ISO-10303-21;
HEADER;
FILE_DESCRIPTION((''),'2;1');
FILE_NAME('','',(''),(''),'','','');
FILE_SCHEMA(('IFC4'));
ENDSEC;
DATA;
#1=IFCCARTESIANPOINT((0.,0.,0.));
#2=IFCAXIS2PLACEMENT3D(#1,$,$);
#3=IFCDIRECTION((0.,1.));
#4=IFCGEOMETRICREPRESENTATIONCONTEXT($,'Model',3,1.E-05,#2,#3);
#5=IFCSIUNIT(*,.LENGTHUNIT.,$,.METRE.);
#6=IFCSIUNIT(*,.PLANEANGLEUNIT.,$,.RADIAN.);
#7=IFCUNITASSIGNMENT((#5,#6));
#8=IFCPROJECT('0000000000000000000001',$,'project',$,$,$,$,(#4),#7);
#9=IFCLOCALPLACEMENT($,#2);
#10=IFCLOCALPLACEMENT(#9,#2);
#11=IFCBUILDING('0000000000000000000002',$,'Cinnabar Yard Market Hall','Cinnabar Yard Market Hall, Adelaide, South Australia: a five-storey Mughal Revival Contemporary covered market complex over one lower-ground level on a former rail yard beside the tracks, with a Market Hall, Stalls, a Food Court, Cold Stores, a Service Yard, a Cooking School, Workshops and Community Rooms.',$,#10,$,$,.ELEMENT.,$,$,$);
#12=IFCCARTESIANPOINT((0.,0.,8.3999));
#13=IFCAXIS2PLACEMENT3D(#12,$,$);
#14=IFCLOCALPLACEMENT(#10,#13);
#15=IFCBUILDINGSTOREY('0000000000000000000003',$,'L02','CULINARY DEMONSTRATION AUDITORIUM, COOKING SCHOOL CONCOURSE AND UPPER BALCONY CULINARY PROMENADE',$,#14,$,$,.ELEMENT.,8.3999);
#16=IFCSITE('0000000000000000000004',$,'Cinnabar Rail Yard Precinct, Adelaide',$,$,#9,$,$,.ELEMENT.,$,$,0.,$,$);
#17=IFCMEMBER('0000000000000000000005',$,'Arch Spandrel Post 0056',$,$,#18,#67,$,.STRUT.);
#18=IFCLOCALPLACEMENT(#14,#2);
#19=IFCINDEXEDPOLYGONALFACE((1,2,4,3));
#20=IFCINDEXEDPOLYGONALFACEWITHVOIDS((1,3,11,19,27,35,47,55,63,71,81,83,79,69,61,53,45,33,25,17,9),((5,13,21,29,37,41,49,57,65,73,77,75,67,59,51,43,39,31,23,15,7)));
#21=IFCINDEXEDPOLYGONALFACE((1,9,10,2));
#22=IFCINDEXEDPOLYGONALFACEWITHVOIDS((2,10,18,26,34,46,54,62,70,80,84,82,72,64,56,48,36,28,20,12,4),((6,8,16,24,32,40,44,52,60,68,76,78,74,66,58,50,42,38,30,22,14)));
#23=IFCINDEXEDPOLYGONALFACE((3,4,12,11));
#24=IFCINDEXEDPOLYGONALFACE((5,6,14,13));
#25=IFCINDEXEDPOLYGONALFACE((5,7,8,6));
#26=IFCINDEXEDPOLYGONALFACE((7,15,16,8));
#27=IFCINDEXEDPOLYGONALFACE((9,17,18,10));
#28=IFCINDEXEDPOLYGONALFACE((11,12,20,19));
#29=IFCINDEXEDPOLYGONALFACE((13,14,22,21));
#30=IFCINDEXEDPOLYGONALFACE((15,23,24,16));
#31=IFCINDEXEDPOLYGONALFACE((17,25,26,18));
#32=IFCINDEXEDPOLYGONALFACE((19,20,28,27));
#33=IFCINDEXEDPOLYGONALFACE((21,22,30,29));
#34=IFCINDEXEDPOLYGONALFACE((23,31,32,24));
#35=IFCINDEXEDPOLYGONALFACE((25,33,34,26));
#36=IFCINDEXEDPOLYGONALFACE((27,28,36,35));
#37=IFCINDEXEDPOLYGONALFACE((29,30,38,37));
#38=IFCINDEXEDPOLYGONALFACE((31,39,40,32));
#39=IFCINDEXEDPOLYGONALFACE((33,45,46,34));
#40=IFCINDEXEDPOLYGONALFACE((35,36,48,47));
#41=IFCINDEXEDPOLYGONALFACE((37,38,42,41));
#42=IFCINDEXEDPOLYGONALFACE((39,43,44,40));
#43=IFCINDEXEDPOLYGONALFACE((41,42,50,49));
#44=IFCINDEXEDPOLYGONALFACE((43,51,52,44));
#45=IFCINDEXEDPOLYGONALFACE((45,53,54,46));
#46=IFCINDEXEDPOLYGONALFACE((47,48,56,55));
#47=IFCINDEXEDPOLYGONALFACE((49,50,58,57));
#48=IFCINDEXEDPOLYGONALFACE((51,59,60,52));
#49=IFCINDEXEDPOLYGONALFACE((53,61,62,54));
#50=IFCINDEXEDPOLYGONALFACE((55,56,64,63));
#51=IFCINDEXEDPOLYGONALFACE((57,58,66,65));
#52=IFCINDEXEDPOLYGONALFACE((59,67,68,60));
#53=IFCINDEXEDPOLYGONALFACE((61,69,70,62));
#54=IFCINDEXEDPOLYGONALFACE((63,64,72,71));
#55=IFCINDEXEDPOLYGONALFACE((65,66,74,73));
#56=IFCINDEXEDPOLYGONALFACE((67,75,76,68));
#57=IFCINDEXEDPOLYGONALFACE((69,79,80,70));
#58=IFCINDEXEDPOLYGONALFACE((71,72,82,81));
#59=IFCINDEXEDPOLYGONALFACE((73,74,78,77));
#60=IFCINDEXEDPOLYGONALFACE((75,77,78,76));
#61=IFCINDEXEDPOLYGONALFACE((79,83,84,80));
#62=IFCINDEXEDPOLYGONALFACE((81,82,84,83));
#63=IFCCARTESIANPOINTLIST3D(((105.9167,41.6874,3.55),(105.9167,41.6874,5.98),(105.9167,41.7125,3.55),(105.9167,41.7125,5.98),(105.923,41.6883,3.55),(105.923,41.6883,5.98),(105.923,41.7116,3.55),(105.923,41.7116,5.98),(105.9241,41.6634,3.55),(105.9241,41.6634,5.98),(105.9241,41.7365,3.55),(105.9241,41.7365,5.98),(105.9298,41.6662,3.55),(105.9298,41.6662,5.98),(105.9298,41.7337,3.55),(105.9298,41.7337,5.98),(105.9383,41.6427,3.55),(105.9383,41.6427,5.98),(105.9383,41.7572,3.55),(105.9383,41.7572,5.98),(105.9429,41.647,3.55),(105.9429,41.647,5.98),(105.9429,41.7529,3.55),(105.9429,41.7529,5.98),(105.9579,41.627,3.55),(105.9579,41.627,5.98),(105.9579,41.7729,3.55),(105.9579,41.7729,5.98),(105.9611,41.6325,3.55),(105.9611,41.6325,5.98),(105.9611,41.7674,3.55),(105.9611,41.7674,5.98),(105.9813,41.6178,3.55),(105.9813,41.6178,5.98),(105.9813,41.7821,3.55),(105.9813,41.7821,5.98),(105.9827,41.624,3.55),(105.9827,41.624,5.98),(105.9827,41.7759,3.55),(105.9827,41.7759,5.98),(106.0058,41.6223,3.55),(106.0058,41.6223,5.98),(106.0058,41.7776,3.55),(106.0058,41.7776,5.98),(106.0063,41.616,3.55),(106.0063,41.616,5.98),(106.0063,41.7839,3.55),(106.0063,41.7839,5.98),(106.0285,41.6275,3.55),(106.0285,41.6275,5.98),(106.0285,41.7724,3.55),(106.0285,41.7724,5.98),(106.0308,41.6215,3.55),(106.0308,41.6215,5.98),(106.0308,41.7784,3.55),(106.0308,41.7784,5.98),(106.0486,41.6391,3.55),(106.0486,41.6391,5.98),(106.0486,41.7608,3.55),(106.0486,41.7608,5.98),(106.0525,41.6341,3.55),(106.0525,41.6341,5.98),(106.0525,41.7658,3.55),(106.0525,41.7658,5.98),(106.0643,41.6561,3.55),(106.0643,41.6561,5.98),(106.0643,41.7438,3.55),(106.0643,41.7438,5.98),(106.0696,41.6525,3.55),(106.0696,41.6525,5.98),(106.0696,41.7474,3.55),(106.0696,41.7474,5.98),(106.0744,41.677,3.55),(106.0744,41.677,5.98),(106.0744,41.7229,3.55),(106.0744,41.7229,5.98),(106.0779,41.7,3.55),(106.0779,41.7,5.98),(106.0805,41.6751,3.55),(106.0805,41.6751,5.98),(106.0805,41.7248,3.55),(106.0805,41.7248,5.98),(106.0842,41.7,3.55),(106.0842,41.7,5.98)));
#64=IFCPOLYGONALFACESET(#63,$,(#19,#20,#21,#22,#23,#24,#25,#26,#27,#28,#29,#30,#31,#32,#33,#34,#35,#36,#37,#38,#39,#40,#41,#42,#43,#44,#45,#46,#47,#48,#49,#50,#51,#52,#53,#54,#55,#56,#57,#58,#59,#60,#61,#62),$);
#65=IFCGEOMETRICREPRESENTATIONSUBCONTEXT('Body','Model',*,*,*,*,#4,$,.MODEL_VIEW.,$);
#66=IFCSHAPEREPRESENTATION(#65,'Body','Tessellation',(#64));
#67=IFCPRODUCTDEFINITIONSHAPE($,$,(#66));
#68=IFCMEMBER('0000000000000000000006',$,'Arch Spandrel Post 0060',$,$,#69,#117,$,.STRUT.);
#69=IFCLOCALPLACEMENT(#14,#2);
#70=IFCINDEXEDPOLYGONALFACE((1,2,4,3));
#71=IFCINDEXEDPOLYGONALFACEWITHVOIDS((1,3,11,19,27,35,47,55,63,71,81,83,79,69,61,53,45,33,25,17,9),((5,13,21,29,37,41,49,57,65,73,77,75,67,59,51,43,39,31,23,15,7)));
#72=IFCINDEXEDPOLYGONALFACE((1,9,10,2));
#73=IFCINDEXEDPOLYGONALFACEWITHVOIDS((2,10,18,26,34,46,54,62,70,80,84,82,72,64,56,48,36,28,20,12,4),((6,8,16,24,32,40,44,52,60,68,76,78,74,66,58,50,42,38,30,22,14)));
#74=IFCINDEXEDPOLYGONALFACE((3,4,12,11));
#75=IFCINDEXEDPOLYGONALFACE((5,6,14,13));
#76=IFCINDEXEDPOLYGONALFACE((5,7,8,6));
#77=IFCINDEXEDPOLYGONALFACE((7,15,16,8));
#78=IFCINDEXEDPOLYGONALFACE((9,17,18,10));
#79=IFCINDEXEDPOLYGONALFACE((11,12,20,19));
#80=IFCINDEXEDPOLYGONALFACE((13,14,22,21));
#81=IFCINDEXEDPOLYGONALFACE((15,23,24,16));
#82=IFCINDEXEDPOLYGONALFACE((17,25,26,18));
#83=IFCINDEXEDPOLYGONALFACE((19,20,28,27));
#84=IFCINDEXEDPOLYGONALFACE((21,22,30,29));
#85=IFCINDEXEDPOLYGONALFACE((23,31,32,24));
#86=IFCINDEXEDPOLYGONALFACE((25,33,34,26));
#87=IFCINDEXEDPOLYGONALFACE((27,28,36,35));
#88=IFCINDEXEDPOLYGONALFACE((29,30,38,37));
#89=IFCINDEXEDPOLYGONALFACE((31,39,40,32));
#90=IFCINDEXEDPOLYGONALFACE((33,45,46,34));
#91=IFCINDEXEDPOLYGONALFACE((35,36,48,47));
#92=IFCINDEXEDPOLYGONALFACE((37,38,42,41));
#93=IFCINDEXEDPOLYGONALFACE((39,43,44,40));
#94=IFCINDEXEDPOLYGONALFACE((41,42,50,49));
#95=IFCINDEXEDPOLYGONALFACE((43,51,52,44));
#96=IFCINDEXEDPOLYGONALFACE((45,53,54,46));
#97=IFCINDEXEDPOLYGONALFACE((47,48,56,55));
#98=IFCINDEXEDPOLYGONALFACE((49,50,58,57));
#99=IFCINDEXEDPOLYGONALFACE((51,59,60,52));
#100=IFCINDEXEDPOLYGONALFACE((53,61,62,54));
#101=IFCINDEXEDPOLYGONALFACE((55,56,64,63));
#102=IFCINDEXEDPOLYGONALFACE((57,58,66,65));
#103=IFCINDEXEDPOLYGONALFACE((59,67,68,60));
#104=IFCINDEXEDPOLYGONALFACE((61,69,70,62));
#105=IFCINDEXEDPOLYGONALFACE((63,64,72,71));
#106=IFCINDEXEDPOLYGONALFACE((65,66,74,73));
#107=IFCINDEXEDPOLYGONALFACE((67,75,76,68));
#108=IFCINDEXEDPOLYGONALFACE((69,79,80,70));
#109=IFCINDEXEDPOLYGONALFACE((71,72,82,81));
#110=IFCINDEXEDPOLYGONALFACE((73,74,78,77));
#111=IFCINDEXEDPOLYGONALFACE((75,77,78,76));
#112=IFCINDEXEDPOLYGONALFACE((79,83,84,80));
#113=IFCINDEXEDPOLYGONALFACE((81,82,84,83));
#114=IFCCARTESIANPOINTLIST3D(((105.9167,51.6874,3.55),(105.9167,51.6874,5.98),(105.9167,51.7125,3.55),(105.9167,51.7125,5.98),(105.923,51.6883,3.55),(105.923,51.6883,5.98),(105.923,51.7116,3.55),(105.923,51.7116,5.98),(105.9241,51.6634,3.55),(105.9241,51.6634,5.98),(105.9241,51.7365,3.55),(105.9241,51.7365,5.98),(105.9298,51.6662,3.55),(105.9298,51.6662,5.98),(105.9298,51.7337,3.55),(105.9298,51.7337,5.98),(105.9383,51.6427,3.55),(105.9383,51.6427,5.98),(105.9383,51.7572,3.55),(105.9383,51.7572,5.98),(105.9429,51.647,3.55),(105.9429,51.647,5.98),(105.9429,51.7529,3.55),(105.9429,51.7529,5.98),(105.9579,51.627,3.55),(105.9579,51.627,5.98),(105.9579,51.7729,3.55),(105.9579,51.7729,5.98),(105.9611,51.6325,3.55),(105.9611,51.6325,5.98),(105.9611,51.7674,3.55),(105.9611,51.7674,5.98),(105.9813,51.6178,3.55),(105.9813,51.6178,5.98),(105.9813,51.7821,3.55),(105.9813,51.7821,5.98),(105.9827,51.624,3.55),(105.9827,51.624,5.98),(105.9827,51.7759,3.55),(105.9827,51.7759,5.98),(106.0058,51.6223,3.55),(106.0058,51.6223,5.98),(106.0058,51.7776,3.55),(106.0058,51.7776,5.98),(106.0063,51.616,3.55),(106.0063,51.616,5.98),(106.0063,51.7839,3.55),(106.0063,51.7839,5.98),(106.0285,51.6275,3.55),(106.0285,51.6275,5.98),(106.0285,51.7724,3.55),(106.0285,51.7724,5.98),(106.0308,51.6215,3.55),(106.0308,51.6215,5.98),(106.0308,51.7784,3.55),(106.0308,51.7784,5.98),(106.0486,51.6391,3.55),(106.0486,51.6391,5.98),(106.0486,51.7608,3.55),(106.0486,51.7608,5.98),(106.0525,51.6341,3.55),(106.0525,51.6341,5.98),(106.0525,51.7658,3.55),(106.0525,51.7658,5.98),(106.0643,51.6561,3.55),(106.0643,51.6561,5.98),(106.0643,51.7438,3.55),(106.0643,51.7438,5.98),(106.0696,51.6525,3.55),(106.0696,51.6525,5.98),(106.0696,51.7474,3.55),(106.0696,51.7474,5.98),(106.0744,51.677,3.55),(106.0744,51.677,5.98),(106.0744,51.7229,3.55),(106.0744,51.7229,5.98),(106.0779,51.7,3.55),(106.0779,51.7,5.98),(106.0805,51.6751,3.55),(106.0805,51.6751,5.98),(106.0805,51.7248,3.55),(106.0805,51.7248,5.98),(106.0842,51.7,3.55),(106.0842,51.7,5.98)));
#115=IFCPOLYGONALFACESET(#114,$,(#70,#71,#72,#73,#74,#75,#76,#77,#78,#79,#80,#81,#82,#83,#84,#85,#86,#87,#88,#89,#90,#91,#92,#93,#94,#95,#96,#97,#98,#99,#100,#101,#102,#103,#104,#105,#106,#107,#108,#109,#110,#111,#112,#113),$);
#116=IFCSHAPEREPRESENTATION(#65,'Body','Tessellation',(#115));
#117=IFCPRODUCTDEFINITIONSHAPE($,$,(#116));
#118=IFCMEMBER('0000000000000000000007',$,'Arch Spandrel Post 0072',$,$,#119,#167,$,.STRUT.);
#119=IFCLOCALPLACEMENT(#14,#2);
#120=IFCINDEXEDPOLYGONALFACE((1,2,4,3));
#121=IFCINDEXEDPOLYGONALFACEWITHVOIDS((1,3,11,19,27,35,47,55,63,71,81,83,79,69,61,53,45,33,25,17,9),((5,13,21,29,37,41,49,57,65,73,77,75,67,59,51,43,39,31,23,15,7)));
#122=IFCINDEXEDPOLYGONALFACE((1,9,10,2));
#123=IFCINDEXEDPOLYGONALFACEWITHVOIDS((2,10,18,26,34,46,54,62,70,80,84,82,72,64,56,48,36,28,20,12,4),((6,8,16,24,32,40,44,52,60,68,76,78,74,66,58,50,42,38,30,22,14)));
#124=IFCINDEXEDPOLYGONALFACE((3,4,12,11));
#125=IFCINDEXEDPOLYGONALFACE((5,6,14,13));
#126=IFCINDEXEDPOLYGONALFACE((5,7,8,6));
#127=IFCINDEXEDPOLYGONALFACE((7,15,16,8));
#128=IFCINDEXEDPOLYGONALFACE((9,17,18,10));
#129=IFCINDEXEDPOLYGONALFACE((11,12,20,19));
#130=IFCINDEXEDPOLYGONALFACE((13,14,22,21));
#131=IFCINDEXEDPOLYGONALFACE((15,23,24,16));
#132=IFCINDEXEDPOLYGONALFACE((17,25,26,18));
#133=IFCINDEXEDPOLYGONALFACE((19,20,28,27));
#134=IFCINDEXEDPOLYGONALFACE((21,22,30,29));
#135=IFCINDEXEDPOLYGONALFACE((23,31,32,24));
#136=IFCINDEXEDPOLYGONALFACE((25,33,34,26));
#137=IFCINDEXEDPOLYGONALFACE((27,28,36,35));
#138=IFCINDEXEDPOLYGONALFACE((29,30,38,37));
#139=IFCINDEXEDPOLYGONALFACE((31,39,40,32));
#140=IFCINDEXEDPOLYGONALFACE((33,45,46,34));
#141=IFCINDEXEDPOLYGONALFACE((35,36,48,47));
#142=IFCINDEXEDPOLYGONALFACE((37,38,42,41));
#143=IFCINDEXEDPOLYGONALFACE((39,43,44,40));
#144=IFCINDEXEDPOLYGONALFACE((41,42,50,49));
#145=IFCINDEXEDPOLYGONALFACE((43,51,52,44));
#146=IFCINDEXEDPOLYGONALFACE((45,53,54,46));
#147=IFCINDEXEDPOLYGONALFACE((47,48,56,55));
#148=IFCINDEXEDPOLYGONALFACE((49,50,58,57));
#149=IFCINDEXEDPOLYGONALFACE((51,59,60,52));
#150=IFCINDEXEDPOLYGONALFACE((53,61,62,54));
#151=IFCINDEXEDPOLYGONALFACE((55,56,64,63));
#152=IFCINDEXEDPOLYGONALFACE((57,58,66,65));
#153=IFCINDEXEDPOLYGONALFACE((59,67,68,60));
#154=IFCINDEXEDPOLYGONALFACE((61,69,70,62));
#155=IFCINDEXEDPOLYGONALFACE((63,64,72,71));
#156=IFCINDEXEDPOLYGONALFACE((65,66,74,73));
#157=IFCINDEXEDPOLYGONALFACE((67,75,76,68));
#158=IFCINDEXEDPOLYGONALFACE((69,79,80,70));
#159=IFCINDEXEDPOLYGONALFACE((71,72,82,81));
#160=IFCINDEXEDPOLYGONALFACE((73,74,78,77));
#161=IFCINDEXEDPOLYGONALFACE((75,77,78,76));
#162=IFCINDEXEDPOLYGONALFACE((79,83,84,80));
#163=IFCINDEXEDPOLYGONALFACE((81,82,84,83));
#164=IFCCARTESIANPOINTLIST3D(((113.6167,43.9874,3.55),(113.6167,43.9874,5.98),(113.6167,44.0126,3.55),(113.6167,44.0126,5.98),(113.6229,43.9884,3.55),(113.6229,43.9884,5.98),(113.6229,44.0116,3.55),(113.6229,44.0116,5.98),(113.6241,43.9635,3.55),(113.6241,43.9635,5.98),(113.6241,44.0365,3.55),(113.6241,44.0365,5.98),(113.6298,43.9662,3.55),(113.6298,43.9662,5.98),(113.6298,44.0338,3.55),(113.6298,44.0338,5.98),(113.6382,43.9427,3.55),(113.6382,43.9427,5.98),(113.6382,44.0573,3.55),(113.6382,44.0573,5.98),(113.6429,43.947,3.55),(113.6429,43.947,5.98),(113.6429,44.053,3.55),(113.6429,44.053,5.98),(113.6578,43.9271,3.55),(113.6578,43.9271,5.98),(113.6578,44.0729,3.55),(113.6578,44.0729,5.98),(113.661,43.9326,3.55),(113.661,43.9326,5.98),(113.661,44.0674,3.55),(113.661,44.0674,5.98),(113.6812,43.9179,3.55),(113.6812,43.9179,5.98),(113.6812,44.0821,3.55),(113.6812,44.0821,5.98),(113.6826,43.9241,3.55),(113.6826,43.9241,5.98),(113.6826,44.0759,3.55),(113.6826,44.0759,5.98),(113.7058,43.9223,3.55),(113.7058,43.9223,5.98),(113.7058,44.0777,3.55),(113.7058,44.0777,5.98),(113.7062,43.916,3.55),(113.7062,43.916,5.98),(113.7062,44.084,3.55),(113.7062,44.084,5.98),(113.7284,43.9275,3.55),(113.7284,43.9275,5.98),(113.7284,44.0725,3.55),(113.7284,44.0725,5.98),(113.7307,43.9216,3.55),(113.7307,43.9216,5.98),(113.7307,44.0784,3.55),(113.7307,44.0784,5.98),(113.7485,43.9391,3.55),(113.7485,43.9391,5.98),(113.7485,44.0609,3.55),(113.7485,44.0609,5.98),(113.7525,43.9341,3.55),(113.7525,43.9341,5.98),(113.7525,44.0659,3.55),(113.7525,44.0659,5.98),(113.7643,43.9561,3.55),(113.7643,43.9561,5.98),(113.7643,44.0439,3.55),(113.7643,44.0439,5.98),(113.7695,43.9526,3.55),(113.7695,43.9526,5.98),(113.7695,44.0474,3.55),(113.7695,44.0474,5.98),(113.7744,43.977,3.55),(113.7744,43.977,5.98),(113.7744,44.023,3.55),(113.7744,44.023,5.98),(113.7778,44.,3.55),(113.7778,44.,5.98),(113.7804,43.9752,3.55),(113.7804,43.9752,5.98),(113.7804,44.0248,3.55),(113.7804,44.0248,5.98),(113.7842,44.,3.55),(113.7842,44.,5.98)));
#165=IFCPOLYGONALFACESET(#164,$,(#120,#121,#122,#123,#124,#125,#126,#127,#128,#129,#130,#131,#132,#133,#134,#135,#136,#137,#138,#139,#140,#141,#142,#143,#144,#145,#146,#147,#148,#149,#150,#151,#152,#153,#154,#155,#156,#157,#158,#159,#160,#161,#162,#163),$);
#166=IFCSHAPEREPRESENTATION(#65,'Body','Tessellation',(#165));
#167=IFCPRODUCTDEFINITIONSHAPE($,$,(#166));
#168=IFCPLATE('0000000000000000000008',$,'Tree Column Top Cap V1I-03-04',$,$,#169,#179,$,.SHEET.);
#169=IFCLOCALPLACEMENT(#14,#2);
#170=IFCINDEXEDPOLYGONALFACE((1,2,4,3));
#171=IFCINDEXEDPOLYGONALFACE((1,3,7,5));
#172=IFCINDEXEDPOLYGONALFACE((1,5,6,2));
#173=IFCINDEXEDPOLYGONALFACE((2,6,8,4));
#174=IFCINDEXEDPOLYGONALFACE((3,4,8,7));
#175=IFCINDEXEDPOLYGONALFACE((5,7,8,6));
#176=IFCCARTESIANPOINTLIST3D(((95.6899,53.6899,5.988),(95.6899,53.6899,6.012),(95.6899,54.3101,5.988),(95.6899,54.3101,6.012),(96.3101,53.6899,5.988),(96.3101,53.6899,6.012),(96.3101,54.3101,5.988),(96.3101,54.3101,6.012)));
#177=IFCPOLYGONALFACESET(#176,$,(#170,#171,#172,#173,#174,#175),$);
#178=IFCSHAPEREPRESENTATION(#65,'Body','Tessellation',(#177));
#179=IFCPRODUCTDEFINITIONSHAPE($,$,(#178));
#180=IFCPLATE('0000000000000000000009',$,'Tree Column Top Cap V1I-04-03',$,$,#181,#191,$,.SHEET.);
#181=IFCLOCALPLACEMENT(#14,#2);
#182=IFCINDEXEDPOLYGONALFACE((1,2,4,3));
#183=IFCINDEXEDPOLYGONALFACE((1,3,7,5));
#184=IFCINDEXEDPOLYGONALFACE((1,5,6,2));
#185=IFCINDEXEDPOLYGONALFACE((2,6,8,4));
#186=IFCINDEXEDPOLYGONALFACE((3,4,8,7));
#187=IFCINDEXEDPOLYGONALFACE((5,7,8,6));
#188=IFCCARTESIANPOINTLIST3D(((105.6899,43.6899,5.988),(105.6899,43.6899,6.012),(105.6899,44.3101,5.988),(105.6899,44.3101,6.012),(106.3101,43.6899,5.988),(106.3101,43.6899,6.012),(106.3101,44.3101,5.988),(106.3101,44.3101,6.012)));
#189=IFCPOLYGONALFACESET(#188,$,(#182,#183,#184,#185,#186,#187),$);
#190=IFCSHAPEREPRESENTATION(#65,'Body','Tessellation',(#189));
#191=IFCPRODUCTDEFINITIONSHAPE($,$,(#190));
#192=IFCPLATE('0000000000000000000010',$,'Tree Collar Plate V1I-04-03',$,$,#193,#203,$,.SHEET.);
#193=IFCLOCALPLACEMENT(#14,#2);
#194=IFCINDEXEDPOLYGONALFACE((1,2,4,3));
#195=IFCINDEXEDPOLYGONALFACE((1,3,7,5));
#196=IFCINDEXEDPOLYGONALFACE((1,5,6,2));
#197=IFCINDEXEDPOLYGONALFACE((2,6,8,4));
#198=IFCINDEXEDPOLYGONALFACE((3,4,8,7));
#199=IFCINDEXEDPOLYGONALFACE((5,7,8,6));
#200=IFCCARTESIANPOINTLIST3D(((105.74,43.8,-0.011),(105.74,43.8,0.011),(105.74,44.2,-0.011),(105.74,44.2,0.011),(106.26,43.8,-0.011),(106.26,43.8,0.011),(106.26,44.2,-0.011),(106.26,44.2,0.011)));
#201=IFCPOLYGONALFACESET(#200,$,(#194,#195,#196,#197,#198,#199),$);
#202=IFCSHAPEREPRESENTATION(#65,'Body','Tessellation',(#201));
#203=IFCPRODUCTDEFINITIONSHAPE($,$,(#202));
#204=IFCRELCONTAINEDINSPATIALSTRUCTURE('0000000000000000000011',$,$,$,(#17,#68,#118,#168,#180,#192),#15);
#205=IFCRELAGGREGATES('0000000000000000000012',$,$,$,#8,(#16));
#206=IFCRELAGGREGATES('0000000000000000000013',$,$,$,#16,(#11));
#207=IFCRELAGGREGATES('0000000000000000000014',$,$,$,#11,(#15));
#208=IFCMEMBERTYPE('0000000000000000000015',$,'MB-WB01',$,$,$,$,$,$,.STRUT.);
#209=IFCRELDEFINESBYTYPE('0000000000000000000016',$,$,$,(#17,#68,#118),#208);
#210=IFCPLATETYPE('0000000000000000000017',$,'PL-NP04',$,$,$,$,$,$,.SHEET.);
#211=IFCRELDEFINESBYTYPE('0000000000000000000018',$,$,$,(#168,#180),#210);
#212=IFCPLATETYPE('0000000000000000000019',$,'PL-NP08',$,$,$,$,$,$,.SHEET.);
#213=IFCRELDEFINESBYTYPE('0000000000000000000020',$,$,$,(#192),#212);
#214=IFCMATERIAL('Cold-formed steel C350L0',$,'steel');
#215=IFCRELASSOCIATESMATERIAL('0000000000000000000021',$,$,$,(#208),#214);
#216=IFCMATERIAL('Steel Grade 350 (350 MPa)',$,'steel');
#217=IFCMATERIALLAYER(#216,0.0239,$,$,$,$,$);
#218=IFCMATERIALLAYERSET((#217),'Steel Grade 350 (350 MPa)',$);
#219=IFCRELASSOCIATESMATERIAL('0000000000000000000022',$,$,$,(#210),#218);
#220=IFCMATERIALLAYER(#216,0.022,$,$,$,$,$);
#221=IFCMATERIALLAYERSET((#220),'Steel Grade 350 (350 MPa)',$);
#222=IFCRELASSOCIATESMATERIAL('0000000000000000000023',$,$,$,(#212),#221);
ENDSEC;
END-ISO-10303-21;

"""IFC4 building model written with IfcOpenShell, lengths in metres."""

from ifc_helpers import new_model, si_unit, direction, frame, origin, origin_2d_with_axis, place, context, subcontext, project, spatial, rectangle, hollow_circle, extrude, material, layer, layer_set, material_profile, profile_set, type_object, element, save


model = new_model("IFC4")

# Units and contexts
model_context = context("Model", 3, precision=1e-05, world=origin(), true_north=direction((0.0, 1.0)))
body_context = subcontext(model_context, "Body", "Model", "MODEL_VIEW")
ifc_project = project(units=[si_unit("LENGTHUNIT", "METRE"), si_unit("PLANEANGLEUNIT", "RADIAN")], contexts=[model_context])

# Site, building, storey
site_placement = place(None, origin())
site = spatial("IfcSite", under=ifc_project, at=site_placement, Name="Cinnabar Rail Yard Precinct, Adelaide", CompositionType="ELEMENT", RefElevation=0.0)
building_placement = place(site_placement, origin())
building = spatial("IfcBuilding", under=site, at=building_placement, Name="Cinnabar Yard Market Hall", Description="Cinnabar Yard Market Hall, Adelaide, South Australia: a five-storey Mughal Revival Contemporary covered market complex over one lower-ground level on a former rail yard beside the tracks, with a Market Hall, Stalls, a Food Court, Cold Stores, a Service Yard, a Cooking School, Workshops and Community Rooms.", CompositionType="ELEMENT")
storey_placement = place(building_placement, frame((0.0, 0.0, 8.3999)))
storey = spatial("IfcBuildingStorey", under=building, at=storey_placement, Name="L02", Description="CULINARY DEMONSTRATION AUDITORIUM, COOKING SCHOOL CONCOURSE AND UPPER BALCONY CULINARY PROMENADE", CompositionType="ELEMENT", Elevation=8.3999)

# Members
ifc_material_1 = material(Name="Cold-formed steel C350L0", Category="steel")
ifc_material_profile_1 = material_profile(ifc_material_1, hollow_circle(Radius=0.0842, WallThickness=0.0063, at=origin_2d_with_axis()), Name="168.3x6.4CHS")
ifc_profile_set_1 = profile_set([ifc_material_profile_1], Name="Cold-formed steel C350L0")
member_type_1 = type_object("IfcMemberType", Name="MB-WB01", PredefinedType="STRUT", material=ifc_profile_set_1)
for number, where, z_axis, x_axis, name in (
    (1, (106.0, 41.7, 3.55), (0.0, 0.0, 1.0), (1.0, 0.0, 0.0), "Arch Spandrel Post 0056"),
    (2, (106.0, 51.7, 3.55), (0.0, 0.0, 1.0), (1.0, 0.0, 0.0), "Arch Spandrel Post 0060"),
    (3, (113.7, 44.0, 3.55), (0.0, 0.0, 1.0), (1.0, 0.0, 0.0), "Arch Spandrel Post 0072"),
):
    element("IfcMember", number, at=place(storey_placement, frame(where, z_axis=z_axis, x_axis=x_axis)), inside=storey, type_object=member_type_1, Name=name, PredefinedType="STRUT", context=body_context, shape_type="SweptSolid", body=[
        extrude(hollow_circle(Radius=0.0842, WallThickness=0.0063, at=origin_2d_with_axis()), origin(), (0.0, 0.0, 1.0), 2.4299),
    ])

# Plates
ifc_material_2 = material(Name="Steel Grade 350 (350 MPa)", Category="steel")
ifc_layer_1 = layer(ifc_material_2, 0.0239)
ifc_layer_set_1 = layer_set([ifc_layer_1], Name="Steel Grade 350 (350 MPa)")
plate_type_1 = type_object("IfcPlateType", Name="PL-NP04", PredefinedType="SHEET", material=ifc_layer_set_1)
for number, where, z_axis, x_axis, name in (
    (4, (96.0, 54.0, 5.988), (0.0, 0.0, 1.0), (1.0, 0.0, 0.0), "Tree Column Top Cap V1I-03-04"),
    (5, (106.0, 44.0, 5.988), (0.0, 0.0, 1.0), (1.0, 0.0, 0.0), "Tree Column Top Cap V1I-04-03"),
):
    element("IfcPlate", number, at=place(storey_placement, frame(where, z_axis=z_axis, x_axis=x_axis)), inside=storey, type_object=plate_type_1, Name=name, PredefinedType="SHEET", context=body_context, shape_type="SweptSolid", body=[
        extrude(rectangle(XDim=0.6201, YDim=0.6201, at=origin_2d_with_axis()), origin(), (0.0, 0.0, 1.0), 0.0239),
    ])
ifc_layer_2 = layer(ifc_material_2, 0.022)
ifc_layer_set_2 = layer_set([ifc_layer_2], Name="Steel Grade 350 (350 MPa)")
plate_type_2 = type_object("IfcPlateType", Name="PL-NP08", PredefinedType="SHEET", material=ifc_layer_set_2)
plate_1_placement = place(storey_placement, frame((106.0, 44.0, -0.011), z_axis=(0.0, 0.0, 1.0), x_axis=(1.0, 0.0, 0.0)))
element("IfcPlate", 6, at=plate_1_placement, inside=storey, type_object=plate_type_2, Name="Tree Collar Plate V1I-04-03", PredefinedType="SHEET", context=body_context, shape_type="SweptSolid", body=[
    extrude(rectangle(XDim=0.52, YDim=0.3999, at=origin_2d_with_axis()), origin(), (0.0, 0.0, 1.0), 0.022),
])

save(model, "model.ifc")
